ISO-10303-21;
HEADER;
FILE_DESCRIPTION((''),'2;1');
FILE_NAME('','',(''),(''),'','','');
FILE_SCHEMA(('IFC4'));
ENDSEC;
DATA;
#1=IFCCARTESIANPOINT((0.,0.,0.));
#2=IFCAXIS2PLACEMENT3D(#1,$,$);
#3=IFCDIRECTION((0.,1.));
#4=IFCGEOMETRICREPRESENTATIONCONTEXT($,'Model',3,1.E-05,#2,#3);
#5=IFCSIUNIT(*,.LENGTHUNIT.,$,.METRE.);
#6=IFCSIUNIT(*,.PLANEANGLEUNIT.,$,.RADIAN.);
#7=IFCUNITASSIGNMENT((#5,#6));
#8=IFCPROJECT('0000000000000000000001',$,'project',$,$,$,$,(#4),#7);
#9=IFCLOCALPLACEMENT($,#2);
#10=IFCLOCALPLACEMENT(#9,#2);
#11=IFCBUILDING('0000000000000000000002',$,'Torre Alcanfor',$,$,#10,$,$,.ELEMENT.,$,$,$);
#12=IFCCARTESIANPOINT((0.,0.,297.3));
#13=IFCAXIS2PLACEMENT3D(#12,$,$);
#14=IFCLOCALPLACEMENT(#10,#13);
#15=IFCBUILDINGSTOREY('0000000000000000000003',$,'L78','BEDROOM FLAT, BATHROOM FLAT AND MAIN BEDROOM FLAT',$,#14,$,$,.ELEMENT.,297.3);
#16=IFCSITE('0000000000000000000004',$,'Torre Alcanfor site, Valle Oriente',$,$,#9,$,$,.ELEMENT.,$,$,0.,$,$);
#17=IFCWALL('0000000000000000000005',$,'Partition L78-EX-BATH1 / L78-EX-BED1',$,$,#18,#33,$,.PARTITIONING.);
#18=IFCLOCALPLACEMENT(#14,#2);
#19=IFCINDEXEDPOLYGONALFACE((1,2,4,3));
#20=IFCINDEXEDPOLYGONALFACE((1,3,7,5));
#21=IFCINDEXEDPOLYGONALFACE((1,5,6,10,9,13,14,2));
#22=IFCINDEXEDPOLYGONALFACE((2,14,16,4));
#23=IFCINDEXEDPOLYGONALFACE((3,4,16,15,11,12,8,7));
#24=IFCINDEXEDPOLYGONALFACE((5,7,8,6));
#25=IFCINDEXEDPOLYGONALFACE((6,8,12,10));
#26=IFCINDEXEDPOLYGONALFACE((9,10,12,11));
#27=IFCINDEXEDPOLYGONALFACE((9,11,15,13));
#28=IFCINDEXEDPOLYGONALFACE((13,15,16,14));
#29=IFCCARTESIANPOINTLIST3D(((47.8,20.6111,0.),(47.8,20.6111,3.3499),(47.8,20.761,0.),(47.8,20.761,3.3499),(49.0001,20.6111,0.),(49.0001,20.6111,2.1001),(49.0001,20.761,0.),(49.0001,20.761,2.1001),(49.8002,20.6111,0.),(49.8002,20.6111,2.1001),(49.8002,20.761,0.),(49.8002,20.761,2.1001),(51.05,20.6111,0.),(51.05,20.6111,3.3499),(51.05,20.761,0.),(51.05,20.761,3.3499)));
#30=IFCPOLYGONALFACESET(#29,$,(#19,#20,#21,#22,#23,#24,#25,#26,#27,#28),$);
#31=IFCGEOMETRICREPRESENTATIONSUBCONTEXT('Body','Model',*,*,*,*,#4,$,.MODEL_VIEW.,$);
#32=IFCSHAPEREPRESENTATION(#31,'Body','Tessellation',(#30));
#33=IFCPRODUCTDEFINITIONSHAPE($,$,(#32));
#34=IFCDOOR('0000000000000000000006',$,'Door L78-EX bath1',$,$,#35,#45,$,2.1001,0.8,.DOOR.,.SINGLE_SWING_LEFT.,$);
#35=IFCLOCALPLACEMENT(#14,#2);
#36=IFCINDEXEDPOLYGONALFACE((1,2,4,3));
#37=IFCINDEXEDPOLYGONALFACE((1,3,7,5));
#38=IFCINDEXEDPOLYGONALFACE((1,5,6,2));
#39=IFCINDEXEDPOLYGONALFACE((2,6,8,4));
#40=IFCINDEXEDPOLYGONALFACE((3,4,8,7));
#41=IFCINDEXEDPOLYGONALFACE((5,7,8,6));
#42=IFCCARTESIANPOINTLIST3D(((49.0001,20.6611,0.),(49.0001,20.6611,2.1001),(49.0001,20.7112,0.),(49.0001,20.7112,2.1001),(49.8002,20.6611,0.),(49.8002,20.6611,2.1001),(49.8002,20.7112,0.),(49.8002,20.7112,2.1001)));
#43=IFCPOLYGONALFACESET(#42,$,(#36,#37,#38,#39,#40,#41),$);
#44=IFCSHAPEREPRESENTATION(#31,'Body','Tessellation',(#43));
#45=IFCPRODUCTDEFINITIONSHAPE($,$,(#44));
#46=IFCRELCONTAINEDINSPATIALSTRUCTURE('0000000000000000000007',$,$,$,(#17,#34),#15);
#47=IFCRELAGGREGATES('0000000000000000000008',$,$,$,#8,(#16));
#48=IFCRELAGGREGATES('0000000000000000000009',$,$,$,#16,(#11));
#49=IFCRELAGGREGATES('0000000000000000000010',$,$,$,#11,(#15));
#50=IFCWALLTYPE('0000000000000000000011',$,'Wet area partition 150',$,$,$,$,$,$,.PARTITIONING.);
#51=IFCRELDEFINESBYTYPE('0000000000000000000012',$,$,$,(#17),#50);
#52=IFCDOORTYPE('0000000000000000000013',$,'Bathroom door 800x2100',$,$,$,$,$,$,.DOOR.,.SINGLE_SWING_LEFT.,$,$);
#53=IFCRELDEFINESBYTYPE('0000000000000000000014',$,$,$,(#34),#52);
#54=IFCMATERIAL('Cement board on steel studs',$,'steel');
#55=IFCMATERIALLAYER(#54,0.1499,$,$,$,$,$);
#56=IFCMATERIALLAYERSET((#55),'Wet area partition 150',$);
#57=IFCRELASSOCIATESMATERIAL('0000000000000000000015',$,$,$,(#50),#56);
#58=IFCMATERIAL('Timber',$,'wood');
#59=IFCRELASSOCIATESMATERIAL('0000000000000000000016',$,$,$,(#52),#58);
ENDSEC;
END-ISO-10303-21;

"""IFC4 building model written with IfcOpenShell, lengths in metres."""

from ifc_helpers import new_model, si_unit, direction, frame, frame_2d, origin, place, context, subcontext, project, spatial, rectangle, extrude, material, layer, layer_set, type_object, element, fill, save


model = new_model("IFC4")

# Units and contexts
model_context = context("Model", 3, precision=1e-05, world=origin(), true_north=direction((0.0, 1.0)))
body_context = subcontext(model_context, "Body", "Model", "MODEL_VIEW")
ifc_project = project(units=[si_unit("LENGTHUNIT", "METRE"), si_unit("PLANEANGLEUNIT", "RADIAN")], contexts=[model_context])

# Site, building, storey
site_placement = place(None, origin())
site = spatial("IfcSite", under=ifc_project, at=site_placement, Name="Torre Alcanfor site, Valle Oriente", CompositionType="ELEMENT", RefElevation=0.0)
building_placement = place(site_placement, origin())
building = spatial("IfcBuilding", under=site, at=building_placement, Name="Torre Alcanfor", CompositionType="ELEMENT")
storey_placement = place(building_placement, frame((0.0, 0.0, 297.3)))
storey = spatial("IfcBuildingStorey", under=building, at=storey_placement, Name="L78", Description="BEDROOM FLAT, BATHROOM FLAT AND MAIN BEDROOM FLAT", CompositionType="ELEMENT", Elevation=297.3)

# Wall, opening, door
ifc_material_1 = material(Name="Cement board on steel studs", Category="steel")
ifc_layer_1 = layer(ifc_material_1, 0.1499)
ifc_layer_set_1 = layer_set([ifc_layer_1], Name="Wet area partition 150")
wall_type_1 = type_object("IfcWallType", Name="Wet area partition 150", PredefinedType="PARTITIONING", material=ifc_layer_set_1)
wall_1_placement = place(storey_placement, frame((51.05, 20.686, 0.0), z_axis=(0.0, 0.0, 1.0), x_axis=(-1.0, 0.0, 0.0)))
wall_1 = element("IfcWall", 1, at=wall_1_placement, inside=storey, type_object=wall_type_1, Name="Partition L78-EX-BATH1 / L78-EX-BED1", PredefinedType="PARTITIONING", context=body_context, shape_type="SweptSolid", body=[
    extrude(rectangle(XDim=3.25, YDim=0.1499, at=frame_2d((1.625, 0.0))), origin(), (0.0, 0.0, 1.0), 3.3499),
])
opening_1_placement = place(wall_1_placement, frame((1.25, 0.0, 0.0)))
opening_1 = element("IfcOpeningElement", 2, at=opening_1_placement, cuts=wall_1, PredefinedType="OPENING", context=body_context, shape_type="SweptSolid", body=[
    extrude(rectangle(XDim=0.8, YDim=2.1001, at=frame_2d((0.3999, 1.05))), frame((0.0, 0.085, 0.0), z_axis=(0.0, -1.0, 0.0), x_axis=(1.0, 0.0, 0.0)), (0.0, 0.0, 1.0), 0.1699),
])
ifc_material_2 = material(Name="Timber", Category="wood")
door_type_1 = type_object("IfcDoorType", Name="Bathroom door 800x2100", OperationType="SINGLE_SWING_LEFT", PredefinedType="DOOR", material=ifc_material_2)
door_1_placement = place(opening_1_placement, frame((0.8, 0.0, 0.0), z_axis=(0.0, 0.0, 1.0), x_axis=(-1.0, 0.0, 0.0)))
door_1 = element("IfcDoor", 3, at=door_1_placement, inside=storey, type_object=door_type_1, Name="Door L78-EX bath1", OperationType="SINGLE_SWING_LEFT", OverallHeight=2.1001, OverallWidth=0.8, PredefinedType="DOOR", context=body_context, shape_type="SweptSolid", body=[
    extrude(rectangle(XDim=0.8, YDim=2.1001, at=frame_2d((0.4001, 1.05))), frame((0.0, 0.0251, 0.0), z_axis=(0.0, -1.0, 0.0), x_axis=(1.0, 0.0, 0.0)), (0.0, 0.0, 1.0), 0.05),
])
fill(opening_1, door_1)

save(model, "model.ifc")
